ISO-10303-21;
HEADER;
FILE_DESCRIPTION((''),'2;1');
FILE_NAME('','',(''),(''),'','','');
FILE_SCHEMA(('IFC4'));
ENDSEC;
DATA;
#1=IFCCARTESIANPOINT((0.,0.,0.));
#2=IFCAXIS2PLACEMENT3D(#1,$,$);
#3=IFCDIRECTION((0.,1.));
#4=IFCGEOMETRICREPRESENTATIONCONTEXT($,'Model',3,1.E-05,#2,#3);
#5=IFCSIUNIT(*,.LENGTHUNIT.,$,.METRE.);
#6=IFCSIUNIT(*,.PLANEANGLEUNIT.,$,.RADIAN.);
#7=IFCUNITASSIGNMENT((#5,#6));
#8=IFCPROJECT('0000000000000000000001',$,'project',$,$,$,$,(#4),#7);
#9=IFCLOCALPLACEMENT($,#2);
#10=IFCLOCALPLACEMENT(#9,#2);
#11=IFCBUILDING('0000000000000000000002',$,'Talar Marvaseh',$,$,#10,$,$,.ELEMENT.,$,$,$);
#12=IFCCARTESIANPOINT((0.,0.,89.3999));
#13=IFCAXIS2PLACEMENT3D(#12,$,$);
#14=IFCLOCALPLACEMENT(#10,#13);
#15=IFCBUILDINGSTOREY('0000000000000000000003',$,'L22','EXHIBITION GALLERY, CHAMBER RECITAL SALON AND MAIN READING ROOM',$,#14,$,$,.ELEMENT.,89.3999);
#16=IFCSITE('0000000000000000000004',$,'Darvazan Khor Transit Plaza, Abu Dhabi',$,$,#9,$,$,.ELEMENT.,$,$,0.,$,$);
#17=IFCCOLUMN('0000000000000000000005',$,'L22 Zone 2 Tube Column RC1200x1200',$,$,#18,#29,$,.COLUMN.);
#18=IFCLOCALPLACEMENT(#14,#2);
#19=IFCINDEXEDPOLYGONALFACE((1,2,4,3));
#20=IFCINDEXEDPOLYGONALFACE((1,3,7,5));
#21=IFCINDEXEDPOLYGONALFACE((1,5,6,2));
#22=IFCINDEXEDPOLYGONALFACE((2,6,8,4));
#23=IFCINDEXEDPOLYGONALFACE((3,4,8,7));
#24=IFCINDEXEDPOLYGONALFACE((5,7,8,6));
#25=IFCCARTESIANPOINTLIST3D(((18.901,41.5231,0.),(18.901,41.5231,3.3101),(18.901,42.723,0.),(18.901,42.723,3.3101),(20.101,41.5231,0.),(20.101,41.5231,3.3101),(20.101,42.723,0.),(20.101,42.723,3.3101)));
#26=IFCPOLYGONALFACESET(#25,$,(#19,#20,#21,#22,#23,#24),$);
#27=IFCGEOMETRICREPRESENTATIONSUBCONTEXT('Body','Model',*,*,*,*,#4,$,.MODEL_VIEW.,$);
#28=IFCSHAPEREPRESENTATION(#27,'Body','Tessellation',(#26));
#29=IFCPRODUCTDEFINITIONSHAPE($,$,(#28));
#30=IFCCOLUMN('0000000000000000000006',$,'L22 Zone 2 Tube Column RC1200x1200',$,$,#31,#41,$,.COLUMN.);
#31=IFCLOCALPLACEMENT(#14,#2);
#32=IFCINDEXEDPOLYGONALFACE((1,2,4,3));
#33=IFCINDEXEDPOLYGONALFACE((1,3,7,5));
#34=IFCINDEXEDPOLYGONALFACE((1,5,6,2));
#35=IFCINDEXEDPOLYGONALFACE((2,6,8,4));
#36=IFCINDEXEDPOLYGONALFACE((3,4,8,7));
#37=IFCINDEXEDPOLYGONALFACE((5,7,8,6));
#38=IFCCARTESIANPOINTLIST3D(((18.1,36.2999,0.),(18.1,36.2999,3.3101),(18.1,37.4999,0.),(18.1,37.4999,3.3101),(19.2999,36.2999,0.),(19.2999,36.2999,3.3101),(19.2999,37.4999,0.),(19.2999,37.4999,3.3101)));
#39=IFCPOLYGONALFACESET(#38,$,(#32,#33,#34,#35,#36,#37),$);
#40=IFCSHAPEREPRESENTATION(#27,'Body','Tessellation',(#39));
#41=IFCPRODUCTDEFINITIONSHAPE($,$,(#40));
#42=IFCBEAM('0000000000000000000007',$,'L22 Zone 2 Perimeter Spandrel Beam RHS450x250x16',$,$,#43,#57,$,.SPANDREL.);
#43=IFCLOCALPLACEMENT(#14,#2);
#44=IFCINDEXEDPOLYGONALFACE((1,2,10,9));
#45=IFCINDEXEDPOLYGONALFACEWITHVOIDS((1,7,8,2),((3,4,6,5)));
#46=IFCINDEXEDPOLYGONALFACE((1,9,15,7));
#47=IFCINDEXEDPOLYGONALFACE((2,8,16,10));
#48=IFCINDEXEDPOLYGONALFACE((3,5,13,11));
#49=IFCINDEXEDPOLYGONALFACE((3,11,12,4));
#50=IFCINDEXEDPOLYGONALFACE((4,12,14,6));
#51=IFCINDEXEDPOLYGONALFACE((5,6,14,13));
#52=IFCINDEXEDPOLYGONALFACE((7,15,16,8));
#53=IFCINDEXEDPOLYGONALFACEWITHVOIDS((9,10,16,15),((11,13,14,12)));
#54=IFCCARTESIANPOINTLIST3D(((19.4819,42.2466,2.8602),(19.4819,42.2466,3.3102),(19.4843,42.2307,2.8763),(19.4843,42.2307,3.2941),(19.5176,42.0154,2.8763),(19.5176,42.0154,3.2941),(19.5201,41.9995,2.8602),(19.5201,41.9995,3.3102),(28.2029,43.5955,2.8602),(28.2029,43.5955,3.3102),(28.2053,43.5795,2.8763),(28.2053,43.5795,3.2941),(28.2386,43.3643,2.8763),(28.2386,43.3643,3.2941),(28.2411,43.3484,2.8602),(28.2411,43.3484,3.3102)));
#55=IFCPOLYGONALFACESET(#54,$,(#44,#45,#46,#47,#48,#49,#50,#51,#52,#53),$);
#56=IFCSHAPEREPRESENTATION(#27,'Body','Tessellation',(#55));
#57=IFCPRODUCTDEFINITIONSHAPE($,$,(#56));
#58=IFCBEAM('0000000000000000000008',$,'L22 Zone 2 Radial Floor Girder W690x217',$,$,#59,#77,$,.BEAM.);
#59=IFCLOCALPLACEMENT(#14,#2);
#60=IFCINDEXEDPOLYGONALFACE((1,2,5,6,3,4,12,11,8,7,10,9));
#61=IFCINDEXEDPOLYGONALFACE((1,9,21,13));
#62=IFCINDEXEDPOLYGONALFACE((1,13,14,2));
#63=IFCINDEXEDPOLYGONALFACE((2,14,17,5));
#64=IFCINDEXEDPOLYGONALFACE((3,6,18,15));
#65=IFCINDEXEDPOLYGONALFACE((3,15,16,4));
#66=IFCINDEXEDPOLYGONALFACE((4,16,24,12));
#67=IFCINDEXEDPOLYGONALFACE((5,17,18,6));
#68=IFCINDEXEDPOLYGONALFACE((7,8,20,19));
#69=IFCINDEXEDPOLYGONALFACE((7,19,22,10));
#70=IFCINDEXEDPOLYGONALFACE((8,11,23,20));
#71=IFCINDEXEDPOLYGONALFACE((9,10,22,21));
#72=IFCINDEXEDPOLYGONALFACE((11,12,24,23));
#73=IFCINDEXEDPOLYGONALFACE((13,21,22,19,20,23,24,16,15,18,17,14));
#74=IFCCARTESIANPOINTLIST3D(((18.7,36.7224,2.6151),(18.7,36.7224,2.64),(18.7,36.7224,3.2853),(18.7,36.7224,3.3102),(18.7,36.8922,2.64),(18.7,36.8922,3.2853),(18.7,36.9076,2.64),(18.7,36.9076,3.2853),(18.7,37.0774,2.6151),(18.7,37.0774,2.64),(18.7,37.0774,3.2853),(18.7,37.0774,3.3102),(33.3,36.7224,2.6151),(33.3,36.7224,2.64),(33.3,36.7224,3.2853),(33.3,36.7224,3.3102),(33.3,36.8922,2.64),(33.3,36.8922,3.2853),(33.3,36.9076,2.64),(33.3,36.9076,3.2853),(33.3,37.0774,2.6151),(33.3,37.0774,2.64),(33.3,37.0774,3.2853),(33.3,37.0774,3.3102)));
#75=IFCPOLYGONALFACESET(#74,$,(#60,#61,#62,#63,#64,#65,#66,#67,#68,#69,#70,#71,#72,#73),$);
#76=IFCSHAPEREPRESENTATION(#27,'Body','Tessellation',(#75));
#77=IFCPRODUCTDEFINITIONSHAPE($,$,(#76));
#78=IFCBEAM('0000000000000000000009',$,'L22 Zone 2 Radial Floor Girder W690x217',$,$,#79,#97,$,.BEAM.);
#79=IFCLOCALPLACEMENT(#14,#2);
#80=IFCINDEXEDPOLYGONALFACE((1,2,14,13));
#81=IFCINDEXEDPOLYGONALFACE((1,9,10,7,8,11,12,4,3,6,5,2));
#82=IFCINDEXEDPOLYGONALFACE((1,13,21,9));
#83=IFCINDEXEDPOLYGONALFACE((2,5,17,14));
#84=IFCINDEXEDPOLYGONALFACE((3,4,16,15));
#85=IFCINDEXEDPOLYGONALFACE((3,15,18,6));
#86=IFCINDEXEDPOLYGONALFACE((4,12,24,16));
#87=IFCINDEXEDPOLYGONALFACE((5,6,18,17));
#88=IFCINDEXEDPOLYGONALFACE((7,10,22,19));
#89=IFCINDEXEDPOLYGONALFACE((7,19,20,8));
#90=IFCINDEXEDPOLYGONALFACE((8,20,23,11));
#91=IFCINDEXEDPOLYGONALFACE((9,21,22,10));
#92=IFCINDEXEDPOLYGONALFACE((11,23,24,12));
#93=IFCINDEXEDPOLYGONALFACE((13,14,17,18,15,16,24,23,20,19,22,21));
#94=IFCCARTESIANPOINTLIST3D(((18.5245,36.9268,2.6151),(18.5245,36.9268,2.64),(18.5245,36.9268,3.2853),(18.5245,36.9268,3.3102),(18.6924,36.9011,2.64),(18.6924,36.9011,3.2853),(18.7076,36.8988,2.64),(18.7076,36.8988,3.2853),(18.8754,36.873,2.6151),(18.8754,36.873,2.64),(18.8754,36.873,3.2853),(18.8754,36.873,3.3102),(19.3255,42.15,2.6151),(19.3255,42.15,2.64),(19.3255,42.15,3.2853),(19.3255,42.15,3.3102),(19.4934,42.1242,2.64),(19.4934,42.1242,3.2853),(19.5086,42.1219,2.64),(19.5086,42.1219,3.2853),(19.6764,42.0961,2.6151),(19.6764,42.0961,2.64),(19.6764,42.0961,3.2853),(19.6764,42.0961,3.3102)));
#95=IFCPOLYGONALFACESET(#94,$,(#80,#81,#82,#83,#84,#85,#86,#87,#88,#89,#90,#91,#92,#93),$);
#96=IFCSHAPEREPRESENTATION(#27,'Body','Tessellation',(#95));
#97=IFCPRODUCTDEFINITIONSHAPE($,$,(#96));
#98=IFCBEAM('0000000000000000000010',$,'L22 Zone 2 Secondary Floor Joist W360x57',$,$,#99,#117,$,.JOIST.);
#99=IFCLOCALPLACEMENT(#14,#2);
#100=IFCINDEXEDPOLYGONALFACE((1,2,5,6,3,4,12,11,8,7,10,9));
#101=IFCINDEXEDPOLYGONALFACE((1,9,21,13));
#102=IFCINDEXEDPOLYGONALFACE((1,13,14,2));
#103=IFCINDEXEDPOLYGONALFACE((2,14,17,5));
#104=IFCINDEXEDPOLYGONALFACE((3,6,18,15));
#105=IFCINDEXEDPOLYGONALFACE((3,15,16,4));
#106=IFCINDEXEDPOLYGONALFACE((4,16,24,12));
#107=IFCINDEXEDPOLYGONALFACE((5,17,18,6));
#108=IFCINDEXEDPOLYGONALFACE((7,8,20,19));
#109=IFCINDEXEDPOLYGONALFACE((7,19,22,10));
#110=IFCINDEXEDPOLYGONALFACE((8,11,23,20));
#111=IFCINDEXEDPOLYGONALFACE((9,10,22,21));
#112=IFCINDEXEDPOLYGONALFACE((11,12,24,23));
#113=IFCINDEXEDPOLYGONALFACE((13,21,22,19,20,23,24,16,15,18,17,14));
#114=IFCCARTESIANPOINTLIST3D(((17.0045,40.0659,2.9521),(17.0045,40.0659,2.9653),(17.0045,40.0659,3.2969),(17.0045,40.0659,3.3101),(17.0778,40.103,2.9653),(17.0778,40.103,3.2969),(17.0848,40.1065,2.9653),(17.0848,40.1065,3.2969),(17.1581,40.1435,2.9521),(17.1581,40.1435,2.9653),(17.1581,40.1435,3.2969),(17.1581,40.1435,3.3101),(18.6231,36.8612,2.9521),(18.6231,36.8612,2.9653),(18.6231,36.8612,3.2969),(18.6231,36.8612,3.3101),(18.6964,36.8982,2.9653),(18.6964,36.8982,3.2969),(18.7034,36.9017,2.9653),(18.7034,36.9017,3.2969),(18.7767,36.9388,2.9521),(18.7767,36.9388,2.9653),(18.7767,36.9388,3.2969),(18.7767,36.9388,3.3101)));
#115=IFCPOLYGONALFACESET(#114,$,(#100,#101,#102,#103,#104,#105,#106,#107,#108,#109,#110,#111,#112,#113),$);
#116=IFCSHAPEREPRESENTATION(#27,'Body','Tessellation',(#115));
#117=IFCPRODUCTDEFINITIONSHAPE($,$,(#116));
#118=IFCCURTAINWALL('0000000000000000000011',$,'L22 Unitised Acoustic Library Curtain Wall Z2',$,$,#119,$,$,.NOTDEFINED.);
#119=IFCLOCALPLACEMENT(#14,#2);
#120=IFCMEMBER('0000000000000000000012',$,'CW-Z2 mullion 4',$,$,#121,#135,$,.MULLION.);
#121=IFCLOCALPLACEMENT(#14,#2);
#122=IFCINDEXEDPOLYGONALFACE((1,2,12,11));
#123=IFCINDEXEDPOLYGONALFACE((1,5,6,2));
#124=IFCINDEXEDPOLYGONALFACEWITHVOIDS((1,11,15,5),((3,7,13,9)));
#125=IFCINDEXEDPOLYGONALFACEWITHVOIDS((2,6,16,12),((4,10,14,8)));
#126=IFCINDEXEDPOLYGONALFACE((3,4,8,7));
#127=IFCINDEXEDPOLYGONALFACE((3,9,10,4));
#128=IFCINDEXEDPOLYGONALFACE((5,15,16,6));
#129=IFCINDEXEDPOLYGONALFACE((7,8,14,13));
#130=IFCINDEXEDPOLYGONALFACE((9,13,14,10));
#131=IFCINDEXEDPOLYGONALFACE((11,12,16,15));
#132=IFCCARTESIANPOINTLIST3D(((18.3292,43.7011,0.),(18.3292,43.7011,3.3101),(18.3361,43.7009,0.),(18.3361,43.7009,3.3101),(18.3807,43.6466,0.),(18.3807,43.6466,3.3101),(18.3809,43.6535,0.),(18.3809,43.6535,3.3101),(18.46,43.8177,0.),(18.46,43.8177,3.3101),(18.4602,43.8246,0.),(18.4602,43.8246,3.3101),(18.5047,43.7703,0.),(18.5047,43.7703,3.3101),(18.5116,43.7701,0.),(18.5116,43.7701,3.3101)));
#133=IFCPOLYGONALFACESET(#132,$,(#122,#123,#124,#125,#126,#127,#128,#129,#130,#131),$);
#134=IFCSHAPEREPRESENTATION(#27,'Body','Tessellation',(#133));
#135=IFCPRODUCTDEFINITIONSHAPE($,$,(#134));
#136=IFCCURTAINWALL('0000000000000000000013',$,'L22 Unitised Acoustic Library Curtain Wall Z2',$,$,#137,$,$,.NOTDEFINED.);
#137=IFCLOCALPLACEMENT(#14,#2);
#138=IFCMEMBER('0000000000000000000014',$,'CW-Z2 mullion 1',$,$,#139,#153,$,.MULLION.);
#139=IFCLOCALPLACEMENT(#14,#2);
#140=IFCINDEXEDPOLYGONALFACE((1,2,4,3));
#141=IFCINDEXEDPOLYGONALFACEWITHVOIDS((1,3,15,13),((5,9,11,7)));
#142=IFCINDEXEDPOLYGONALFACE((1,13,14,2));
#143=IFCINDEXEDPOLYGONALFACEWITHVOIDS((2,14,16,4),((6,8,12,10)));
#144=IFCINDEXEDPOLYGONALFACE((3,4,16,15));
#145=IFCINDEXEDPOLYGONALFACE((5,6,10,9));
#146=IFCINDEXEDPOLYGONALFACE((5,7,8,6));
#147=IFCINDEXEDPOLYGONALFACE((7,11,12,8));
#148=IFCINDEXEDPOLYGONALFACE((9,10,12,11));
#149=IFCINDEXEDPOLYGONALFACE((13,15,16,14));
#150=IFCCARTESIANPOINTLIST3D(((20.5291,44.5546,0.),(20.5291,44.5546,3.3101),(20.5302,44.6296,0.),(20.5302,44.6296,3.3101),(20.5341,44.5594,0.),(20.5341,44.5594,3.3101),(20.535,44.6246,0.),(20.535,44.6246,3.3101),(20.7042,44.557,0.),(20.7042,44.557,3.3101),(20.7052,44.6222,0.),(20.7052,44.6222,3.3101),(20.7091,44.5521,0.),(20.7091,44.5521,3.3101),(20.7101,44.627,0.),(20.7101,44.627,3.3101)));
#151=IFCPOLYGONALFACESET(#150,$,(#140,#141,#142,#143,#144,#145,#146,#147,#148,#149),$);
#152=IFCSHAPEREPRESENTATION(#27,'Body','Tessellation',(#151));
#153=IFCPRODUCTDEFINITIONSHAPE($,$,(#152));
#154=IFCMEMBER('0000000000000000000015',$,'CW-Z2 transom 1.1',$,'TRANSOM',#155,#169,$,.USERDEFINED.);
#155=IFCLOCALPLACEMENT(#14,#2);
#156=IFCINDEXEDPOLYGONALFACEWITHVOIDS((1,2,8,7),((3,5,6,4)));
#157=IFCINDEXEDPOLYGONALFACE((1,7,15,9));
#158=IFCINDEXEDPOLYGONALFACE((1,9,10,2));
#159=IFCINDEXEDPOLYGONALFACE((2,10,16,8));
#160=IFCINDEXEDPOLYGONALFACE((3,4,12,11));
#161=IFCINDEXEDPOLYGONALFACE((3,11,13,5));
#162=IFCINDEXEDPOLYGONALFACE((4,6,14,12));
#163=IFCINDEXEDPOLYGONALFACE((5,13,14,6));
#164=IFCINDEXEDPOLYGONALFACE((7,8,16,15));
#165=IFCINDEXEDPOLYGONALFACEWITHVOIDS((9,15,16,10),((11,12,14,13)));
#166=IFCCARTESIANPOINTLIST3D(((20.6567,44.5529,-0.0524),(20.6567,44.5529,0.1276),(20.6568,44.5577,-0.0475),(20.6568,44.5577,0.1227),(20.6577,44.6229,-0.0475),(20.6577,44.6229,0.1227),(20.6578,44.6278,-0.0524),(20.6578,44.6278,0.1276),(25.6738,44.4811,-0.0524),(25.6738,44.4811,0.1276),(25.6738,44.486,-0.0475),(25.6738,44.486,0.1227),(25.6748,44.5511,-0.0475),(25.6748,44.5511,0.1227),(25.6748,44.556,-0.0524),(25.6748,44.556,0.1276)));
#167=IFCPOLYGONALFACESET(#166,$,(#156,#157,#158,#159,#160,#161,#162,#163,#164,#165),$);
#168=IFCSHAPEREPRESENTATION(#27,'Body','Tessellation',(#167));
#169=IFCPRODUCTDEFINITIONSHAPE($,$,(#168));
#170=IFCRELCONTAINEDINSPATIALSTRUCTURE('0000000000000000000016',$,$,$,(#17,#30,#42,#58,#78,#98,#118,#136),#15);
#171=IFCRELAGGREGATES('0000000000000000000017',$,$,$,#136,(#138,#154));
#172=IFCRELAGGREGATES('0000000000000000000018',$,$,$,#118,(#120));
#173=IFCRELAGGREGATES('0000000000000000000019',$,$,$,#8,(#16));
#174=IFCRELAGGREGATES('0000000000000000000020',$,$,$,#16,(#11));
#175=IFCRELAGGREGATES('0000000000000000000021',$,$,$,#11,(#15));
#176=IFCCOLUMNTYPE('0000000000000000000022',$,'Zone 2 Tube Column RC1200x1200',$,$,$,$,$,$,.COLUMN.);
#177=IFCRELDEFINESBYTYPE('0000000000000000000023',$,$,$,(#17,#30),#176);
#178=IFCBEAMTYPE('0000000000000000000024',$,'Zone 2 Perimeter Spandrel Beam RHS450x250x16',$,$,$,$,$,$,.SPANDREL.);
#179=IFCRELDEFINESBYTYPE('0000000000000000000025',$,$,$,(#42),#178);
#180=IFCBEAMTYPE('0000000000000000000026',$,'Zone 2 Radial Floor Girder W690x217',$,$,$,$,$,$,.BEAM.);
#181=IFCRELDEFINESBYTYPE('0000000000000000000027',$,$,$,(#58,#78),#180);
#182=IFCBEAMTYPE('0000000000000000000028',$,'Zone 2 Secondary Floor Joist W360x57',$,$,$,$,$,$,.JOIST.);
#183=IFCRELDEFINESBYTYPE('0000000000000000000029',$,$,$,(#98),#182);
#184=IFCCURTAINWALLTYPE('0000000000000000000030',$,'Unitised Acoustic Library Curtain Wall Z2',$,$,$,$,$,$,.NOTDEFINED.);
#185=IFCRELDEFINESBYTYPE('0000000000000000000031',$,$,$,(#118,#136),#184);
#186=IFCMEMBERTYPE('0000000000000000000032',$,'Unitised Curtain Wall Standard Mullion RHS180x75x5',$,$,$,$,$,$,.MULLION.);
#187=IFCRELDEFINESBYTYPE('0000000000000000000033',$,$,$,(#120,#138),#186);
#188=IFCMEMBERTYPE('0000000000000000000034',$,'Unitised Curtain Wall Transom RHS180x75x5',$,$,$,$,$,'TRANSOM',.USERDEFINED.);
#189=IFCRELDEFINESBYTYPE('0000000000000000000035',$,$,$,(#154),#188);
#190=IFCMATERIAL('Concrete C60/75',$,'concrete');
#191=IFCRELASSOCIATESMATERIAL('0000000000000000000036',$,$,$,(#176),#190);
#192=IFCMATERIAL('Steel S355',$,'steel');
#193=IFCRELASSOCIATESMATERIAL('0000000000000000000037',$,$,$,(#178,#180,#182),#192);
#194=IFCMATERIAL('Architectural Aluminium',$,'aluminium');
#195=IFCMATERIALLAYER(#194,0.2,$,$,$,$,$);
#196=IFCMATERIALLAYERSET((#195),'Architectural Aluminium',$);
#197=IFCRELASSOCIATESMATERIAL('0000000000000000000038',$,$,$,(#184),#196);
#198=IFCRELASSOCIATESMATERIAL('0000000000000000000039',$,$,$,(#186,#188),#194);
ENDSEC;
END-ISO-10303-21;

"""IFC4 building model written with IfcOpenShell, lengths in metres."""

from ifc_helpers import new_model, si_unit, direction, frame, origin, origin_2d, place, context, subcontext, project, spatial, rectangle, hollow_rectangle, i_section, extrude, source, transform, mapped, material, layer, layer_set, material_profile, profile_set, type_object, type_shapes, element, aggregate, save


model = new_model("IFC4")

# Units and contexts
model_context = context("Model", 3, precision=1e-05, world=origin(), true_north=direction((0.0, 1.0)))
body_context = subcontext(model_context, "Body", "Model", "MODEL_VIEW")
ifc_project = project(units=[si_unit("LENGTHUNIT", "METRE"), si_unit("PLANEANGLEUNIT", "RADIAN")], contexts=[model_context])

# Site, building, storey
site_placement = place(None, origin())
site = spatial("IfcSite", under=ifc_project, at=site_placement, Name="Darvazan Khor Transit Plaza, Abu Dhabi", CompositionType="ELEMENT", RefElevation=0.0)
building_placement = place(site_placement, origin())
building = spatial("IfcBuilding", under=site, at=building_placement, Name="Talar Marvaseh", CompositionType="ELEMENT")
storey_placement = place(building_placement, frame((0.0, 0.0, 89.3999)))
storey = spatial("IfcBuildingStorey", under=building, at=storey_placement, Name="L22", Description="EXHIBITION GALLERY, CHAMBER RECITAL SALON AND MAIN READING ROOM", CompositionType="ELEMENT", Elevation=89.3999)

# Columns
ifc_material_1 = material(Name="Concrete C60/75", Category="concrete")
ifc_material_profile_1 = material_profile(ifc_material_1, rectangle(XDim=1.2, YDim=1.2, at=origin_2d()), Name="RC1200x1200")
ifc_profile_set_1 = profile_set([ifc_material_profile_1], Name="Concrete C60/75")
column_type = type_object("IfcColumnType", Name="Zone 2 Tube Column RC1200x1200", PredefinedType="COLUMN", material=ifc_profile_set_1)
for number, where, z_axis, x_axis, name in (
    (1, (19.501, 42.123, 0.0), (0.0, 0.0, 1.0), (1.0, 0.0, 0.0), "L22 Zone 2 Tube Column RC1200x1200"),
    (2, (18.7, 36.8999, 0.0), (0.0, 0.0, 1.0), (1.0, 0.0, 0.0), "L22 Zone 2 Tube Column RC1200x1200"),
):
    element("IfcColumn", number, at=place(storey_placement, frame(where, z_axis=z_axis, x_axis=x_axis)), inside=storey, type_object=column_type, Name=name, PredefinedType="COLUMN", context=body_context, shape_type="SweptSolid", body=[
        extrude(rectangle(XDim=1.2, YDim=1.2, at=origin_2d()), origin(), (0.0, 0.0, 1.0), 3.3101),
    ])

# Beams
ifc_material_2 = material(Name="Steel S355", Category="steel")
ifc_material_profile_2 = material_profile(ifc_material_2, hollow_rectangle(XDim=0.25, YDim=0.45, WallThickness=0.0161, at=origin_2d()), Name="RHS450x250x16")
ifc_profile_set_2 = profile_set([ifc_material_profile_2], Name="Steel S355")
beam_type_1 = type_object("IfcBeamType", Name="Zone 2 Perimeter Spandrel Beam RHS450x250x16", PredefinedType="SPANDREL", material=ifc_profile_set_2)
beam_1_placement = place(storey_placement, frame((19.501, 42.123, 3.0852), z_axis=(0.988249, 0.152853, 0.0), x_axis=(-0.152853, 0.988249, 0.0)))
element("IfcBeam", 3, at=beam_1_placement, inside=storey, type_object=beam_type_1, Name="L22 Zone 2 Perimeter Spandrel Beam RHS450x250x16", PredefinedType="SPANDREL", context=body_context, shape_type="SweptSolid", body=[
    extrude(hollow_rectangle(XDim=0.25, YDim=0.45, WallThickness=0.0161, at=origin_2d()), origin(), (0.0, 0.0, 1.0), 8.8247),
])
ifc_material_profile_3 = material_profile(ifc_material_2, i_section(OverallWidth=0.355, OverallDepth=0.6951, WebThickness=0.0154, FlangeThickness=0.0249, at=origin_2d()), Name="W690x217")
ifc_profile_set_3 = profile_set([ifc_material_profile_3], Name="Steel S355")
beam_type_2 = type_object("IfcBeamType", Name="Zone 2 Radial Floor Girder W690x217", PredefinedType="BEAM", material=ifc_profile_set_3)
beam_2_placement = place(storey_placement, frame((18.7, 36.8999, 2.9626), z_axis=(1.0, 0.0, 0.0), x_axis=(0.0, 1.0, 0.0)))
element("IfcBeam", 4, at=beam_2_placement, inside=storey, type_object=beam_type_2, Name="L22 Zone 2 Radial Floor Girder W690x217", PredefinedType="BEAM", context=body_context, shape_type="SweptSolid", body=[
    extrude(i_section(OverallWidth=0.355, OverallDepth=0.6951, WebThickness=0.0154, FlangeThickness=0.0249, at=origin_2d()), origin(), (0.0, 0.0, 1.0), 14.6001),
])
beam_3_placement = place(storey_placement, frame((19.501, 42.123, 2.9626), z_axis=(-0.151588, -0.988444, 0.0), x_axis=(0.988444, -0.151588, 0.0)))
element("IfcBeam", 5, at=beam_3_placement, inside=storey, type_object=beam_type_2, Name="L22 Zone 2 Radial Floor Girder W690x217", PredefinedType="BEAM", context=body_context, shape_type="SweptSolid", body=[
    extrude(i_section(OverallWidth=0.355, OverallDepth=0.6951, WebThickness=0.0154, FlangeThickness=0.0249, at=origin_2d()), origin(), (0.0, 0.0, 1.0), 5.2842),
])
ifc_material_profile_4 = material_profile(ifc_material_2, i_section(OverallWidth=0.1721, OverallDepth=0.3579, WebThickness=0.0078, FlangeThickness=0.0132, at=origin_2d()), Name="W360x57")
ifc_profile_set_4 = profile_set([ifc_material_profile_4], Name="Steel S355")
beam_type_3 = type_object("IfcBeamType", Name="Zone 2 Secondary Floor Joist W360x57", PredefinedType="JOIST", material=ifc_profile_set_4)
beam_4_placement = place(storey_placement, frame((17.0813, 40.1047, 3.1311), z_axis=(0.450827, -0.892611, 0.0), x_axis=(0.892611, 0.450827, 0.0)))
element("IfcBeam", 6, at=beam_4_placement, inside=storey, type_object=beam_type_3, Name="L22 Zone 2 Secondary Floor Joist W360x57", PredefinedType="JOIST", context=body_context, shape_type="SweptSolid", body=[
    extrude(i_section(OverallWidth=0.1721, OverallDepth=0.3579, WebThickness=0.0078, FlangeThickness=0.0132, at=origin_2d()), origin(), (0.0, 0.0, 1.0), 3.5903),
])

# Curtain wall, member
ifc_material_3 = material(Name="Architectural Aluminium", Category="aluminium")
ifc_layer_1 = layer(ifc_material_3, 0.2)
ifc_layer_set_1 = layer_set([ifc_layer_1], Name="Architectural Aluminium")
curtain_wall_type = type_object("IfcCurtainWallType", Name="Unitised Acoustic Library Curtain Wall Z2", PredefinedType="NOTDEFINED", material=ifc_layer_set_1)
curtain_wall_1_placement = place(storey_placement, origin())
curtain_wall_1 = element("IfcCurtainWall", 7, at=curtain_wall_1_placement, inside=storey, type_object=curtain_wall_type, Name="L22 Unitised Acoustic Library Curtain Wall Z2", PredefinedType="NOTDEFINED")
ifc_material_profile_5 = material_profile(ifc_material_3, hollow_rectangle(XDim=0.075, YDim=0.1799, WallThickness=0.0049, at=origin_2d()), Name="RHS180x75x5")
ifc_profile_set_5 = profile_set([ifc_material_profile_5], Name="Architectural Aluminium")
member_type_1 = type_object("IfcMemberType", Name="Unitised Curtain Wall Standard Mullion RHS180x75x5", PredefinedType="MULLION", material=ifc_profile_set_5)
shared_shape_1 = source(origin(), body_context, "Body", "SweptSolid", [
    extrude(hollow_rectangle(XDim=0.075, YDim=0.1799, WallThickness=0.0049, at=origin_2d()), origin(), (0.0, 0.0, 1.0), 3.3101),
])
type_shapes(member_type_1, [shared_shape_1])
member_1_placement = place(storey_placement, frame((18.4204, 43.7356, 0.0), z_axis=(0.0, 0.0, 1.0), x_axis=(-0.686045, 0.727559, 0.0)))
member_1 = element("IfcMember", 8, at=member_1_placement, type_object=member_type_1, Name="CW-Z2 mullion 4", PredefinedType="MULLION", context=body_context, shape_type="MappedRepresentation", body=[
    mapped(shared_shape_1, transform((0.0, 0.0, 0.0), x_axis=(1.0, 0.0, 0.0), y_axis=(0.0, 1.0, 0.0), z_axis=(0.0, 0.0, 1.0), scale=1.0)),
])

# Curtain wall, members
curtain_wall_2_placement = place(storey_placement, origin())
curtain_wall_2 = element("IfcCurtainWall", 9, at=curtain_wall_2_placement, inside=storey, type_object=curtain_wall_type, Name="L22 Unitised Acoustic Library Curtain Wall Z2", PredefinedType="NOTDEFINED")
member_2_placement = place(storey_placement, frame((20.6196, 44.5908, 0.0), z_axis=(0.0, 0.0, 1.0), x_axis=(0.014275, 0.999898, 0.0)))
member_2 = element("IfcMember", 10, at=member_2_placement, type_object=member_type_1, Name="CW-Z2 mullion 1", PredefinedType="MULLION", context=body_context, shape_type="MappedRepresentation", body=[
    mapped(shared_shape_1, transform((0.0, 0.0, 0.0), x_axis=(1.0, 0.0, 0.0), y_axis=(0.0, 1.0, 0.0), z_axis=(0.0, 0.0, 1.0), scale=1.0)),
])
ifc_material_profile_6 = material_profile(ifc_material_3, hollow_rectangle(XDim=0.075, YDim=0.1799, WallThickness=0.0049, at=origin_2d()), Name="RHS180x75x5")
ifc_profile_set_6 = profile_set([ifc_material_profile_6], Name="Architectural Aluminium")
member_type_2 = type_object("IfcMemberType", Name="Unitised Curtain Wall Transom RHS180x75x5", ElementType="TRANSOM", PredefinedType="USERDEFINED", material=ifc_profile_set_6)
shared_shape_2 = source(origin(), body_context, "Body", "SweptSolid", [
    extrude(hollow_rectangle(XDim=0.075, YDim=0.1799, WallThickness=0.0049, at=origin_2d()), origin(), (0.0, 0.0, 1.0), 5.0176),
])
type_shapes(member_type_2, [shared_shape_2])
member_3_placement = place(storey_placement, frame((20.6572, 44.5903, 0.0376), z_axis=(0.999898, -0.014305, 0.0), x_axis=(0.014305, 0.999898, 0.0)))
member_3 = element("IfcMember", 11, at=member_3_placement, type_object=member_type_2, Name="CW-Z2 transom 1.1", ObjectType="TRANSOM", PredefinedType="USERDEFINED", context=body_context, shape_type="MappedRepresentation", body=[
    mapped(shared_shape_2, transform((0.0, 0.0, 0.0), x_axis=(1.0, 0.0, 0.0), y_axis=(0.0, 1.0, 0.0), z_axis=(0.0, 0.0, 1.0), scale=1.0)),
])
aggregate(curtain_wall_2, [member_2, member_3])

aggregate(curtain_wall_1, [member_1])

save(model, "model.ifc")
